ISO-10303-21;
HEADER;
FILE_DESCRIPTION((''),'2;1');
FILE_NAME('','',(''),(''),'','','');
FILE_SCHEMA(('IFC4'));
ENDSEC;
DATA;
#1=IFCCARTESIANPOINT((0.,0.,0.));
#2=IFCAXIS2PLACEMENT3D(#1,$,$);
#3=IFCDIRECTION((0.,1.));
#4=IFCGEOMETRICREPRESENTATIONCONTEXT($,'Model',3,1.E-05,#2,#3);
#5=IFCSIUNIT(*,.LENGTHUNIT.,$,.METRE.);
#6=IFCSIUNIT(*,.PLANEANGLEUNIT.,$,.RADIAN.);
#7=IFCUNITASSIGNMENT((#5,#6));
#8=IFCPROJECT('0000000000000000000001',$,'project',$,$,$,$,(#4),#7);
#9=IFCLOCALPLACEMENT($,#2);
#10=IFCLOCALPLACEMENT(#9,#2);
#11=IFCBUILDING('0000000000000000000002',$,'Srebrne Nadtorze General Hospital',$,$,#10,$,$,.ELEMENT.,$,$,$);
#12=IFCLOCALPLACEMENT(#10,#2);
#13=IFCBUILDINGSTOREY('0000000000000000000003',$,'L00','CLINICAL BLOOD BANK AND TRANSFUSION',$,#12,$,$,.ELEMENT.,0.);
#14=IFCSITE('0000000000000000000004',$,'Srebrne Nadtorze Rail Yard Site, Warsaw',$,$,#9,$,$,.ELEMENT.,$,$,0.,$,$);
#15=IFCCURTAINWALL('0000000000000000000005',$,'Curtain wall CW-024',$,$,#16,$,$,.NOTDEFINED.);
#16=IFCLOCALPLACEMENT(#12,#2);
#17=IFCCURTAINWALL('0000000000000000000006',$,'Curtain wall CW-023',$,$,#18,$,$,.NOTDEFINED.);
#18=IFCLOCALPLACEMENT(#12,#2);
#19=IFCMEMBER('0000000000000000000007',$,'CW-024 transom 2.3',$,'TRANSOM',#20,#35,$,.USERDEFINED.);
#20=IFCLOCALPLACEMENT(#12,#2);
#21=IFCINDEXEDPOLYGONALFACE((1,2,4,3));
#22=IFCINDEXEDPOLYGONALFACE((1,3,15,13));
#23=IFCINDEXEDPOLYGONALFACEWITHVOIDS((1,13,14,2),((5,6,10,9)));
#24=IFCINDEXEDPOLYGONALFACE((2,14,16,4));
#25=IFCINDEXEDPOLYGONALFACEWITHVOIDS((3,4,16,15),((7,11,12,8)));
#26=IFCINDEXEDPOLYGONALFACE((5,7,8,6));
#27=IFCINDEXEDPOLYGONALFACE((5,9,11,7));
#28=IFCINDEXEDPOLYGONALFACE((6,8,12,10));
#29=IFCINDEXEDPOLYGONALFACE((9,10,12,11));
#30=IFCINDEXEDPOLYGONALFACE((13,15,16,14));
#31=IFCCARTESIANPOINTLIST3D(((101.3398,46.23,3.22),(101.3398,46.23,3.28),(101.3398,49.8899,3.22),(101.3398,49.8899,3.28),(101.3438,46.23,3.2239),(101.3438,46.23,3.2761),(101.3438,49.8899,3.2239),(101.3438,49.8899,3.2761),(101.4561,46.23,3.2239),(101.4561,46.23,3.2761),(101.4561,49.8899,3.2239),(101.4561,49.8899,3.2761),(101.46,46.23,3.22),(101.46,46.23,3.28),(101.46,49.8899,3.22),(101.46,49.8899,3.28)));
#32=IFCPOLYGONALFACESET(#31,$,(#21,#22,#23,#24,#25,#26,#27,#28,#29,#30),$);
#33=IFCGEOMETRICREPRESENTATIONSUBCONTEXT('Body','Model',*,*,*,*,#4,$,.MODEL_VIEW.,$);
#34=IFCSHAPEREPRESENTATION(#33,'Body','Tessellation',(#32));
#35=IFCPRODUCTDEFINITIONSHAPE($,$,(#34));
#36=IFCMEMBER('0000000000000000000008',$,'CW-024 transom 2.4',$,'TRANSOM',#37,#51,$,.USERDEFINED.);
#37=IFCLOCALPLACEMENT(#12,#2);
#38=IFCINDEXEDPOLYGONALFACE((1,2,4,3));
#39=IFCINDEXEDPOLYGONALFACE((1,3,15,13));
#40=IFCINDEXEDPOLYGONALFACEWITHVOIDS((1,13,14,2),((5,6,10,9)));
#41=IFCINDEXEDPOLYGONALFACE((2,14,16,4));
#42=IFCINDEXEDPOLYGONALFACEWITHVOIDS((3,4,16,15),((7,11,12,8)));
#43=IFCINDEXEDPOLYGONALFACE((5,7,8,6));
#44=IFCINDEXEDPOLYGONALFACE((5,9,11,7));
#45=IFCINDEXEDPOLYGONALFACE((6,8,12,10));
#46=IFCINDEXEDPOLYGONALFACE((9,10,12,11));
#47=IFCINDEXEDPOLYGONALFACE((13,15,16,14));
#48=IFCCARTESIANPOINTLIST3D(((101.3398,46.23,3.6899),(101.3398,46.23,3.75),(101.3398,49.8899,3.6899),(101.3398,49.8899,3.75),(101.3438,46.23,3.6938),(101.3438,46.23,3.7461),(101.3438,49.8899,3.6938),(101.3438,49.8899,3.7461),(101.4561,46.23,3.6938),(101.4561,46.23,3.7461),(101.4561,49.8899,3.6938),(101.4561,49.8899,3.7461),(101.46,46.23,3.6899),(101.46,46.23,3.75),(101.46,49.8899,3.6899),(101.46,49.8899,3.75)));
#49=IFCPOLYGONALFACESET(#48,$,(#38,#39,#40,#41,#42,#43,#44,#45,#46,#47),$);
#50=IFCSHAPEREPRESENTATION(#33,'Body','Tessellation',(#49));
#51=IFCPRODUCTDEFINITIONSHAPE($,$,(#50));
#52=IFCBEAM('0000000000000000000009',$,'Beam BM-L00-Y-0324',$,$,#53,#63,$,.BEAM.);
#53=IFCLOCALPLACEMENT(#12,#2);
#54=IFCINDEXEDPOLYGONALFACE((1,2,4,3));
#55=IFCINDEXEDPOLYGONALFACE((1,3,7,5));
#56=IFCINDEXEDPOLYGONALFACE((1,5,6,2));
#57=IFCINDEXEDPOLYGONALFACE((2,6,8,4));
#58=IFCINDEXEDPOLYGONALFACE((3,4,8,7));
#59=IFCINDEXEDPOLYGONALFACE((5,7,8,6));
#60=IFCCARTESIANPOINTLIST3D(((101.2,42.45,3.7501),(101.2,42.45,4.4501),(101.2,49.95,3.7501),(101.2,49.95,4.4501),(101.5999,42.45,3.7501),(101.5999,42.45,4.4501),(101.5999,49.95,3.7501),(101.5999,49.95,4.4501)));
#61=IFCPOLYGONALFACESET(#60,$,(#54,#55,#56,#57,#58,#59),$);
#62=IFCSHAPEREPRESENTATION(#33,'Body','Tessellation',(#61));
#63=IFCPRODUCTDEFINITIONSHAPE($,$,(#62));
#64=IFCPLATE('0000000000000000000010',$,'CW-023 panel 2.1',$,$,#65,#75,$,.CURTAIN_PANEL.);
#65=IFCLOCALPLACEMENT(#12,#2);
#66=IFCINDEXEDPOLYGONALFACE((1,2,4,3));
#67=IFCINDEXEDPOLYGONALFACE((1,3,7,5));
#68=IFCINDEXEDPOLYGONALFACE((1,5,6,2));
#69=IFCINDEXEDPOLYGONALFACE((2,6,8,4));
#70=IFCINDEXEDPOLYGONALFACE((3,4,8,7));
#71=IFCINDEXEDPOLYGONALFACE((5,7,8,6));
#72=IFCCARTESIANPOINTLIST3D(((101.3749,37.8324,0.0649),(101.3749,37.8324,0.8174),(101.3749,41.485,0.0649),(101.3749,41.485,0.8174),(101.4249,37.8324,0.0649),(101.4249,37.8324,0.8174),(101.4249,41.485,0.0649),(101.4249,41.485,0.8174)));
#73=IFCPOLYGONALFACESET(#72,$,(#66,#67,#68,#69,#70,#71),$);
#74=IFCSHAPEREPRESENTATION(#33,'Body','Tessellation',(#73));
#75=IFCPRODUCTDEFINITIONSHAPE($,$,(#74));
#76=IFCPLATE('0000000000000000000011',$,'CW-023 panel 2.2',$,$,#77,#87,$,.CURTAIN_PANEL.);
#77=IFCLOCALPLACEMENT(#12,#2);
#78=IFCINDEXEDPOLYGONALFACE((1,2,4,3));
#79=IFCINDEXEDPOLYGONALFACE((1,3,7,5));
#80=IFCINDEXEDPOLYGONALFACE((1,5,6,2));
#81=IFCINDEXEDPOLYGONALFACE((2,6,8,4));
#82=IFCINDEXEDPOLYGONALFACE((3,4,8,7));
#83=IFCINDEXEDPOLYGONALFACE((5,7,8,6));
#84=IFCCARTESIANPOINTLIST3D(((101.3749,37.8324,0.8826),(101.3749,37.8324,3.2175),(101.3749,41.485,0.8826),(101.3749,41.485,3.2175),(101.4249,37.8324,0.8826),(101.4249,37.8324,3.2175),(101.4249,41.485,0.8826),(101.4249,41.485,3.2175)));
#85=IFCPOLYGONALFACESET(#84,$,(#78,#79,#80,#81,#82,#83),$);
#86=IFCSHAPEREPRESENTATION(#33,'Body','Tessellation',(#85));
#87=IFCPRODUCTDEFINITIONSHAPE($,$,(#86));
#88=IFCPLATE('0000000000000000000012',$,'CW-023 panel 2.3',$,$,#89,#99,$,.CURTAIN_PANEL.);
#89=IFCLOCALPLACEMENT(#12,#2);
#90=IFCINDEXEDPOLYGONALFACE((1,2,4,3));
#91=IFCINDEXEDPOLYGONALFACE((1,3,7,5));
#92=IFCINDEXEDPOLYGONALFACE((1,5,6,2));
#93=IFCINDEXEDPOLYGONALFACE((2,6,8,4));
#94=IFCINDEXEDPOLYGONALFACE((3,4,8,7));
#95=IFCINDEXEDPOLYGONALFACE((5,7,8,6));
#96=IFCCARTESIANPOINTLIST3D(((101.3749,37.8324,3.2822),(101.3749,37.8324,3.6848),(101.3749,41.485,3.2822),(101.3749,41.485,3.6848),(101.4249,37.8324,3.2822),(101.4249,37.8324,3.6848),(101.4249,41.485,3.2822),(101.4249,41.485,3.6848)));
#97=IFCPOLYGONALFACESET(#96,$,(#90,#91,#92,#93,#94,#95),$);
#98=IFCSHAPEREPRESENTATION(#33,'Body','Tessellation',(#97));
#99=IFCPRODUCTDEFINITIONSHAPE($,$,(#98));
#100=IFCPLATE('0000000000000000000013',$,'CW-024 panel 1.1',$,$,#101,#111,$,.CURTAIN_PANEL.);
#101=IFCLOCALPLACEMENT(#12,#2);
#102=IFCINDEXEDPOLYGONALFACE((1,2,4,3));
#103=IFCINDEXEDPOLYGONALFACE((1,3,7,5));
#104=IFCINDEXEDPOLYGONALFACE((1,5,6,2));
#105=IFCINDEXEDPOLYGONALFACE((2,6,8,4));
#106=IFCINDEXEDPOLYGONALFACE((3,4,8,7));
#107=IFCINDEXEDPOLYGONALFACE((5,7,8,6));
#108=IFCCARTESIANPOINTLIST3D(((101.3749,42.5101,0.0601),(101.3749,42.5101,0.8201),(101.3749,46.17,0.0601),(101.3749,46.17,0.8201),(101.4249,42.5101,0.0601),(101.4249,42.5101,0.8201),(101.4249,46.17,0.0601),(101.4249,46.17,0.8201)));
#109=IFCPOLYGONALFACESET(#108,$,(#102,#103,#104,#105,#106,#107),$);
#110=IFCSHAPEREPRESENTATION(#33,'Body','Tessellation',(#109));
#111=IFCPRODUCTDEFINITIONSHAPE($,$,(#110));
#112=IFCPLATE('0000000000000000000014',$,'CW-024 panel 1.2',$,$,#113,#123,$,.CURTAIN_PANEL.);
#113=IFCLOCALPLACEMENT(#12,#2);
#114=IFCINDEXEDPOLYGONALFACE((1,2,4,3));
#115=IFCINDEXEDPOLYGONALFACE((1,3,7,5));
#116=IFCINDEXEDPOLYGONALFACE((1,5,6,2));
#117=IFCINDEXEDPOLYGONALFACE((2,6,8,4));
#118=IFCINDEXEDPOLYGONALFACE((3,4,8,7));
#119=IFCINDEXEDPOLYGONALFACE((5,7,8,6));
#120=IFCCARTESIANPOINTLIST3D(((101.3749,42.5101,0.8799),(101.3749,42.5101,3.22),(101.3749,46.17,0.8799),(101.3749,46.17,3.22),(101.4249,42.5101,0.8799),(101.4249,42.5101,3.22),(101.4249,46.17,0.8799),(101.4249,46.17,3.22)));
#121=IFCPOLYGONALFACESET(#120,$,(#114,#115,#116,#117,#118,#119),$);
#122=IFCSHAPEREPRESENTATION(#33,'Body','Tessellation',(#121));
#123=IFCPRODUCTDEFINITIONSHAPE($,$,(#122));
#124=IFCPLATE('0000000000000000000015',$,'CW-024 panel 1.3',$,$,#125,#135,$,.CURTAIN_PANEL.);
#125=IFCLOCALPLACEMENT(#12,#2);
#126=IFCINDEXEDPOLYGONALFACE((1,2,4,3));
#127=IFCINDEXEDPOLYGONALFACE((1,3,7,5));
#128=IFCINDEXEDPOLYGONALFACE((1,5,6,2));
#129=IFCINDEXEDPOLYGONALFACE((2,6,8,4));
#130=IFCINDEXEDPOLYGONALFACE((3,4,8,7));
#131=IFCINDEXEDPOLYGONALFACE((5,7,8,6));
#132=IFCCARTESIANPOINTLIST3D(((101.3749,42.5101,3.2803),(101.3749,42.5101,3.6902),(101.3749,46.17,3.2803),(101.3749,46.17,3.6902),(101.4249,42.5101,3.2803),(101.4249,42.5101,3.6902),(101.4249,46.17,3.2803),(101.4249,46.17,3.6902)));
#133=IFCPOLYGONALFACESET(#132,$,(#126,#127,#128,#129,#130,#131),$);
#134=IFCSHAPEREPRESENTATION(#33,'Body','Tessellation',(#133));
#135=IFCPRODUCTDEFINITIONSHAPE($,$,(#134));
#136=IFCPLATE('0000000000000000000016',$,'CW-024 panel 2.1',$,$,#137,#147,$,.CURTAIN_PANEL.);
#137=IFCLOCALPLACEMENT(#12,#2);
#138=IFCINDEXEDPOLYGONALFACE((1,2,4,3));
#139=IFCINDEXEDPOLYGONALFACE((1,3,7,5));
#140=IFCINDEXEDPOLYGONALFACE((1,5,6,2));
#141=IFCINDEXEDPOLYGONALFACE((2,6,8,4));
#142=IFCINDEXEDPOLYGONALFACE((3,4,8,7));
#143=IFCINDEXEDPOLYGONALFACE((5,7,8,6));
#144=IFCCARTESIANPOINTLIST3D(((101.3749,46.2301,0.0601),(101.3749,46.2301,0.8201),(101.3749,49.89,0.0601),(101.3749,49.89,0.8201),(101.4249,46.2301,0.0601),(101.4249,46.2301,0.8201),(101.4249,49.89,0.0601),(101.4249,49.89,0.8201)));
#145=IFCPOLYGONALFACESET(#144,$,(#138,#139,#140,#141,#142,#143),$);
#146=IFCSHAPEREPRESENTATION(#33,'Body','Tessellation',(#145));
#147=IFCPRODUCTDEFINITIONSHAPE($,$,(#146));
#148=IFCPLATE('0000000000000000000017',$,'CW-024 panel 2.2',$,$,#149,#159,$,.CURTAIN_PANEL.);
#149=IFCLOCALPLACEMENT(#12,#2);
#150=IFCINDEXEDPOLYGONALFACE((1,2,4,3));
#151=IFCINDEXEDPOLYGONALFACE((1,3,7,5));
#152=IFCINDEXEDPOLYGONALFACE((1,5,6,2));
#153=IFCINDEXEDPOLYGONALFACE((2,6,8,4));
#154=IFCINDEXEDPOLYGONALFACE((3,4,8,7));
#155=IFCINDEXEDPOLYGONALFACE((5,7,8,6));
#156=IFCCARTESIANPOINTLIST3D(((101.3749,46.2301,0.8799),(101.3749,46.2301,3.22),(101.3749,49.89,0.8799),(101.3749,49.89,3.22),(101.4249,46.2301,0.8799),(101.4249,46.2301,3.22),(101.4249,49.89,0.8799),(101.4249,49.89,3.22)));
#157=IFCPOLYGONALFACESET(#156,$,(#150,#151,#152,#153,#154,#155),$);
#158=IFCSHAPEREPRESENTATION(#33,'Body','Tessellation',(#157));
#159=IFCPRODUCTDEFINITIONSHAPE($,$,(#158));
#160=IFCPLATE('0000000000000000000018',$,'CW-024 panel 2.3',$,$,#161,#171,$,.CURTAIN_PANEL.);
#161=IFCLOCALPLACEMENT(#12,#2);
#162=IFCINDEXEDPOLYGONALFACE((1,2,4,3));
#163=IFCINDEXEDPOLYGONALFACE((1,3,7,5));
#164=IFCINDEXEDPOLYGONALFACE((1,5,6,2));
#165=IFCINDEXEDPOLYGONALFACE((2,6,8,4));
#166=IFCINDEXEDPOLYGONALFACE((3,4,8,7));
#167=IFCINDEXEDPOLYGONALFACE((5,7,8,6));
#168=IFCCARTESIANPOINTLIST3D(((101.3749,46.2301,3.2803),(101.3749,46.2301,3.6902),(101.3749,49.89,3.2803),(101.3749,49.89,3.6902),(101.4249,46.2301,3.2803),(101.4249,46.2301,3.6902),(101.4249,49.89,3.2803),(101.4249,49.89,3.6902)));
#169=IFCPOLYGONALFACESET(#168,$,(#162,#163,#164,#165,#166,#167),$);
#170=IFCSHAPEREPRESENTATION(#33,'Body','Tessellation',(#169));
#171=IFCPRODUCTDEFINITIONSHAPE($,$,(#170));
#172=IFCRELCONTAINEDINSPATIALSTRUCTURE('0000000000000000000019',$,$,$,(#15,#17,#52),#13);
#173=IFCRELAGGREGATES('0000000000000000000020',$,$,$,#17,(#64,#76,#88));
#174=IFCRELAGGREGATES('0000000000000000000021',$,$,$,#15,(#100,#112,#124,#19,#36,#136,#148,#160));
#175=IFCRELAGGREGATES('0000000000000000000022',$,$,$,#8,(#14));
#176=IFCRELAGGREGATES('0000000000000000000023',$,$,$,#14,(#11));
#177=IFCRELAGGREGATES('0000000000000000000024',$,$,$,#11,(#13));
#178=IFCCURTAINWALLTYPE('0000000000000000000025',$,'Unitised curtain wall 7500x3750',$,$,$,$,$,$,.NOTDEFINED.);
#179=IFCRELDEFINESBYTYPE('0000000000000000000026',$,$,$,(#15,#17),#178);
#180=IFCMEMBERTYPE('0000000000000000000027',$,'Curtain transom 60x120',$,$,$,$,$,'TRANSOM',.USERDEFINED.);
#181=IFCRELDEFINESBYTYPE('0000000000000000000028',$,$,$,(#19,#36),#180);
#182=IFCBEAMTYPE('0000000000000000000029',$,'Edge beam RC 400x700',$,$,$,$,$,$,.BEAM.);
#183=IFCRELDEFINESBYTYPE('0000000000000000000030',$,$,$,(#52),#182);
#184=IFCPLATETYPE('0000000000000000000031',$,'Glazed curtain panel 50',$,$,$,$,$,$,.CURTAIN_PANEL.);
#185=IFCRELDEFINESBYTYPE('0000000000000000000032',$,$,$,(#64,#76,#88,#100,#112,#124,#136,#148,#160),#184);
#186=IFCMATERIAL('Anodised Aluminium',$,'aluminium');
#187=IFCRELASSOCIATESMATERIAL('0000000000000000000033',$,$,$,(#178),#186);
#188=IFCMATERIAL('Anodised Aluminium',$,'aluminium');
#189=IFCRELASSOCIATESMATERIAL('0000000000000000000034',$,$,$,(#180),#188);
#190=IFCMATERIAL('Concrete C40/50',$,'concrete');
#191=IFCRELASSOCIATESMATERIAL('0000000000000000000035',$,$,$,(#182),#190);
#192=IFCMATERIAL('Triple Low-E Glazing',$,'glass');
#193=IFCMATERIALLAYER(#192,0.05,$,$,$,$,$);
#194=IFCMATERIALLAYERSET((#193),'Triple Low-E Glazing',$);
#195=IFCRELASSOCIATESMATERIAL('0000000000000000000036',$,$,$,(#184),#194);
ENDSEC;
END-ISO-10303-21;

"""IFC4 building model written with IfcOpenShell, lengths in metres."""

from ifc_helpers import new_model, si_unit, direction, frame, origin, origin_2d, place, context, subcontext, project, spatial, rectangle, hollow_rectangle, extrude, material, layer, layer_set, material_profile, profile_set, type_object, element, aggregate, save


model = new_model("IFC4")

# Units and contexts
model_context = context("Model", 3, precision=1e-05, world=origin(), true_north=direction((0.0, 1.0)))
body_context = subcontext(model_context, "Body", "Model", "MODEL_VIEW")
ifc_project = project(units=[si_unit("LENGTHUNIT", "METRE"), si_unit("PLANEANGLEUNIT", "RADIAN")], contexts=[model_context])

# Site, building, storey
site_placement = place(None, origin())
site = spatial("IfcSite", under=ifc_project, at=site_placement, Name="Srebrne Nadtorze Rail Yard Site, Warsaw", CompositionType="ELEMENT", RefElevation=0.0)
building_placement = place(site_placement, origin())
building = spatial("IfcBuilding", under=site, at=building_placement, Name="Srebrne Nadtorze General Hospital", CompositionType="ELEMENT")
storey_placement = place(building_placement, origin())
storey = spatial("IfcBuildingStorey", under=building, at=storey_placement, Name="L00", Description="CLINICAL BLOOD BANK AND TRANSFUSION", CompositionType="ELEMENT", Elevation=0.0)

# Curtain wall
ifc_material_1 = material(Name="Anodised Aluminium", Category="aluminium")
curtain_wall_type = type_object("IfcCurtainWallType", Name="Unitised curtain wall 7500x3750", PredefinedType="NOTDEFINED", material=ifc_material_1)
curtain_wall_1_placement = place(storey_placement, origin())
curtain_wall_1 = element("IfcCurtainWall", 1, at=curtain_wall_1_placement, inside=storey, type_object=curtain_wall_type, Name="Curtain wall CW-024", PredefinedType="NOTDEFINED")

# Curtain wall
curtain_wall_2_placement = place(storey_placement, origin())
curtain_wall_2 = element("IfcCurtainWall", 2, at=curtain_wall_2_placement, inside=storey, type_object=curtain_wall_type, Name="Curtain wall CW-023", PredefinedType="NOTDEFINED")

# Members
ifc_material_2 = material(Name="Anodised Aluminium", Category="aluminium")
ifc_material_profile_1 = material_profile(ifc_material_2, hollow_rectangle(XDim=0.0601, YDim=0.1201, WallThickness=0.0039, at=origin_2d()), Name="AL-TRN-60x120")
ifc_profile_set_1 = profile_set([ifc_material_profile_1], Name="Anodised Aluminium")
member_type_1 = type_object("IfcMemberType", Name="Curtain transom 60x120", ElementType="TRANSOM", PredefinedType="USERDEFINED", material=ifc_profile_set_1)
member_1_placement = place(storey_placement, frame((101.3999, 46.23, 3.25), z_axis=(0.0, 1.0, 0.0), x_axis=(0.0, 0.0, 1.0)))
member_1 = element("IfcMember", 3, at=member_1_placement, type_object=member_type_1, Name="CW-024 transom 2.3", ObjectType="TRANSOM", PredefinedType="USERDEFINED", context=body_context, shape_type="SweptSolid", body=[
    extrude(hollow_rectangle(XDim=0.0601, YDim=0.1201, WallThickness=0.0039, at=origin_2d()), origin(), (0.0, 0.0, 1.0), 3.6599),
])
member_2_placement = place(storey_placement, frame((101.3999, 46.23, 3.72), z_axis=(0.0, 1.0, 0.0), x_axis=(0.0, 0.0, 1.0)))
member_2 = element("IfcMember", 4, at=member_2_placement, type_object=member_type_1, Name="CW-024 transom 2.4", ObjectType="TRANSOM", PredefinedType="USERDEFINED", context=body_context, shape_type="SweptSolid", body=[
    extrude(hollow_rectangle(XDim=0.0601, YDim=0.1201, WallThickness=0.0039, at=origin_2d()), origin(), (0.0, 0.0, 1.0), 3.6599),
])

# Beam
ifc_material_3 = material(Name="Concrete C40/50", Category="concrete")
ifc_material_profile_2 = material_profile(ifc_material_3, rectangle(XDim=0.3999, YDim=0.7, at=origin_2d()), Name="RC-BM-400x700")
ifc_profile_set_2 = profile_set([ifc_material_profile_2], Name="Concrete C40/50")
beam_type = type_object("IfcBeamType", Name="Edge beam RC 400x700", PredefinedType="BEAM", material=ifc_profile_set_2)
beam_placement = place(storey_placement, frame((101.3999, 42.45, 4.1001), z_axis=(0.0, 1.0, 0.0), x_axis=(-1.0, 0.0, 0.0)))
element("IfcBeam", 5, at=beam_placement, inside=storey, type_object=beam_type, Name="Beam BM-L00-Y-0324", PredefinedType="BEAM", context=body_context, shape_type="SweptSolid", body=[
    extrude(rectangle(XDim=0.3999, YDim=0.7, at=origin_2d()), origin(), (0.0, 0.0, 1.0), 7.5),
])

# Plates
ifc_material_4 = material(Name="Triple Low-E Glazing", Category="glass")
ifc_layer = layer(ifc_material_4, 0.05)
ifc_layer_set = layer_set([ifc_layer], Name="Triple Low-E Glazing")
plate_type = type_object("IfcPlateType", Name="Glazed curtain panel 50", PredefinedType="CURTAIN_PANEL", material=ifc_layer_set)
plate_1_placement = place(storey_placement, frame((101.3999, 39.6587, 0.0649), z_axis=(0.0, 0.0, 1.0), x_axis=(0.0, 1.0, 0.0)))
plate_1 = element("IfcPlate", 6, at=plate_1_placement, type_object=plate_type, Name="CW-023 panel 2.1", PredefinedType="CURTAIN_PANEL", context=body_context, shape_type="SweptSolid", body=[
    extrude(rectangle(XDim=3.6526, YDim=0.05, at=origin_2d()), origin(), (0.0, 0.0, 1.0), 0.7524),
])
plate_2_placement = place(storey_placement, frame((101.3999, 39.6587, 0.8826), z_axis=(0.0, 0.0, 1.0), x_axis=(0.0, 1.0, 0.0)))
plate_2 = element("IfcPlate", 7, at=plate_2_placement, type_object=plate_type, Name="CW-023 panel 2.2", PredefinedType="CURTAIN_PANEL", context=body_context, shape_type="SweptSolid", body=[
    extrude(rectangle(XDim=3.6526, YDim=0.05, at=origin_2d()), origin(), (0.0, 0.0, 1.0), 2.335),
])
plate_3_placement = place(storey_placement, frame((101.3999, 39.6587, 3.2822), z_axis=(0.0, 0.0, 1.0), x_axis=(0.0, 1.0, 0.0)))
plate_3 = element("IfcPlate", 8, at=plate_3_placement, type_object=plate_type, Name="CW-023 panel 2.3", PredefinedType="CURTAIN_PANEL", context=body_context, shape_type="SweptSolid", body=[
    extrude(rectangle(XDim=3.6526, YDim=0.05, at=origin_2d()), origin(), (0.0, 0.0, 1.0), 0.4026),
])
aggregate(curtain_wall_2, [plate_1, plate_2, plate_3])
plate_4_placement = place(storey_placement, frame((101.3999, 44.3401, 0.0601), z_axis=(0.0, 0.0, 1.0), x_axis=(0.0, 1.0, 0.0)))
plate_4 = element("IfcPlate", 9, at=plate_4_placement, type_object=plate_type, Name="CW-024 panel 1.1", PredefinedType="CURTAIN_PANEL", context=body_context, shape_type="SweptSolid", body=[
    extrude(rectangle(XDim=3.6599, YDim=0.05, at=origin_2d()), origin(), (0.0, 0.0, 1.0), 0.76),
])
plate_5_placement = place(storey_placement, frame((101.3999, 44.3401, 0.8799), z_axis=(0.0, 0.0, 1.0), x_axis=(0.0, 1.0, 0.0)))
plate_5 = element("IfcPlate", 10, at=plate_5_placement, type_object=plate_type, Name="CW-024 panel 1.2", PredefinedType="CURTAIN_PANEL", context=body_context, shape_type="SweptSolid", body=[
    extrude(rectangle(XDim=3.6599, YDim=0.05, at=origin_2d()), origin(), (0.0, 0.0, 1.0), 2.3401),
])
plate_6_placement = place(storey_placement, frame((101.3999, 44.3401, 3.2803), z_axis=(0.0, 0.0, 1.0), x_axis=(0.0, 1.0, 0.0)))
plate_6 = element("IfcPlate", 11, at=plate_6_placement, type_object=plate_type, Name="CW-024 panel 1.3", PredefinedType="CURTAIN_PANEL", context=body_context, shape_type="SweptSolid", body=[
    extrude(rectangle(XDim=3.6599, YDim=0.05, at=origin_2d()), origin(), (0.0, 0.0, 1.0), 0.4099),
])
plate_7_placement = place(storey_placement, frame((101.3999, 48.0601, 0.0601), z_axis=(0.0, 0.0, 1.0), x_axis=(0.0, 1.0, 0.0)))
plate_7 = element("IfcPlate", 12, at=plate_7_placement, type_object=plate_type, Name="CW-024 panel 2.1", PredefinedType="CURTAIN_PANEL", context=body_context, shape_type="SweptSolid", body=[
    extrude(rectangle(XDim=3.6599, YDim=0.05, at=origin_2d()), origin(), (0.0, 0.0, 1.0), 0.76),
])
plate_8_placement = place(storey_placement, frame((101.3999, 48.0601, 0.8799), z_axis=(0.0, 0.0, 1.0), x_axis=(0.0, 1.0, 0.0)))
plate_8 = element("IfcPlate", 13, at=plate_8_placement, type_object=plate_type, Name="CW-024 panel 2.2", PredefinedType="CURTAIN_PANEL", context=body_context, shape_type="SweptSolid", body=[
    extrude(rectangle(XDim=3.6599, YDim=0.05, at=origin_2d()), origin(), (0.0, 0.0, 1.0), 2.3401),
])
plate_9_placement = place(storey_placement, frame((101.3999, 48.0601, 3.2803), z_axis=(0.0, 0.0, 1.0), x_axis=(0.0, 1.0, 0.0)))
plate_9 = element("IfcPlate", 14, at=plate_9_placement, type_object=plate_type, Name="CW-024 panel 2.3", PredefinedType="CURTAIN_PANEL", context=body_context, shape_type="SweptSolid", body=[
    extrude(rectangle(XDim=3.6599, YDim=0.05, at=origin_2d()), origin(), (0.0, 0.0, 1.0), 0.4099),
])
aggregate(curtain_wall_1, [plate_4, plate_5, plate_6, member_1, member_2, plate_7, plate_8, plate_9])

save(model, "model.ifc")
